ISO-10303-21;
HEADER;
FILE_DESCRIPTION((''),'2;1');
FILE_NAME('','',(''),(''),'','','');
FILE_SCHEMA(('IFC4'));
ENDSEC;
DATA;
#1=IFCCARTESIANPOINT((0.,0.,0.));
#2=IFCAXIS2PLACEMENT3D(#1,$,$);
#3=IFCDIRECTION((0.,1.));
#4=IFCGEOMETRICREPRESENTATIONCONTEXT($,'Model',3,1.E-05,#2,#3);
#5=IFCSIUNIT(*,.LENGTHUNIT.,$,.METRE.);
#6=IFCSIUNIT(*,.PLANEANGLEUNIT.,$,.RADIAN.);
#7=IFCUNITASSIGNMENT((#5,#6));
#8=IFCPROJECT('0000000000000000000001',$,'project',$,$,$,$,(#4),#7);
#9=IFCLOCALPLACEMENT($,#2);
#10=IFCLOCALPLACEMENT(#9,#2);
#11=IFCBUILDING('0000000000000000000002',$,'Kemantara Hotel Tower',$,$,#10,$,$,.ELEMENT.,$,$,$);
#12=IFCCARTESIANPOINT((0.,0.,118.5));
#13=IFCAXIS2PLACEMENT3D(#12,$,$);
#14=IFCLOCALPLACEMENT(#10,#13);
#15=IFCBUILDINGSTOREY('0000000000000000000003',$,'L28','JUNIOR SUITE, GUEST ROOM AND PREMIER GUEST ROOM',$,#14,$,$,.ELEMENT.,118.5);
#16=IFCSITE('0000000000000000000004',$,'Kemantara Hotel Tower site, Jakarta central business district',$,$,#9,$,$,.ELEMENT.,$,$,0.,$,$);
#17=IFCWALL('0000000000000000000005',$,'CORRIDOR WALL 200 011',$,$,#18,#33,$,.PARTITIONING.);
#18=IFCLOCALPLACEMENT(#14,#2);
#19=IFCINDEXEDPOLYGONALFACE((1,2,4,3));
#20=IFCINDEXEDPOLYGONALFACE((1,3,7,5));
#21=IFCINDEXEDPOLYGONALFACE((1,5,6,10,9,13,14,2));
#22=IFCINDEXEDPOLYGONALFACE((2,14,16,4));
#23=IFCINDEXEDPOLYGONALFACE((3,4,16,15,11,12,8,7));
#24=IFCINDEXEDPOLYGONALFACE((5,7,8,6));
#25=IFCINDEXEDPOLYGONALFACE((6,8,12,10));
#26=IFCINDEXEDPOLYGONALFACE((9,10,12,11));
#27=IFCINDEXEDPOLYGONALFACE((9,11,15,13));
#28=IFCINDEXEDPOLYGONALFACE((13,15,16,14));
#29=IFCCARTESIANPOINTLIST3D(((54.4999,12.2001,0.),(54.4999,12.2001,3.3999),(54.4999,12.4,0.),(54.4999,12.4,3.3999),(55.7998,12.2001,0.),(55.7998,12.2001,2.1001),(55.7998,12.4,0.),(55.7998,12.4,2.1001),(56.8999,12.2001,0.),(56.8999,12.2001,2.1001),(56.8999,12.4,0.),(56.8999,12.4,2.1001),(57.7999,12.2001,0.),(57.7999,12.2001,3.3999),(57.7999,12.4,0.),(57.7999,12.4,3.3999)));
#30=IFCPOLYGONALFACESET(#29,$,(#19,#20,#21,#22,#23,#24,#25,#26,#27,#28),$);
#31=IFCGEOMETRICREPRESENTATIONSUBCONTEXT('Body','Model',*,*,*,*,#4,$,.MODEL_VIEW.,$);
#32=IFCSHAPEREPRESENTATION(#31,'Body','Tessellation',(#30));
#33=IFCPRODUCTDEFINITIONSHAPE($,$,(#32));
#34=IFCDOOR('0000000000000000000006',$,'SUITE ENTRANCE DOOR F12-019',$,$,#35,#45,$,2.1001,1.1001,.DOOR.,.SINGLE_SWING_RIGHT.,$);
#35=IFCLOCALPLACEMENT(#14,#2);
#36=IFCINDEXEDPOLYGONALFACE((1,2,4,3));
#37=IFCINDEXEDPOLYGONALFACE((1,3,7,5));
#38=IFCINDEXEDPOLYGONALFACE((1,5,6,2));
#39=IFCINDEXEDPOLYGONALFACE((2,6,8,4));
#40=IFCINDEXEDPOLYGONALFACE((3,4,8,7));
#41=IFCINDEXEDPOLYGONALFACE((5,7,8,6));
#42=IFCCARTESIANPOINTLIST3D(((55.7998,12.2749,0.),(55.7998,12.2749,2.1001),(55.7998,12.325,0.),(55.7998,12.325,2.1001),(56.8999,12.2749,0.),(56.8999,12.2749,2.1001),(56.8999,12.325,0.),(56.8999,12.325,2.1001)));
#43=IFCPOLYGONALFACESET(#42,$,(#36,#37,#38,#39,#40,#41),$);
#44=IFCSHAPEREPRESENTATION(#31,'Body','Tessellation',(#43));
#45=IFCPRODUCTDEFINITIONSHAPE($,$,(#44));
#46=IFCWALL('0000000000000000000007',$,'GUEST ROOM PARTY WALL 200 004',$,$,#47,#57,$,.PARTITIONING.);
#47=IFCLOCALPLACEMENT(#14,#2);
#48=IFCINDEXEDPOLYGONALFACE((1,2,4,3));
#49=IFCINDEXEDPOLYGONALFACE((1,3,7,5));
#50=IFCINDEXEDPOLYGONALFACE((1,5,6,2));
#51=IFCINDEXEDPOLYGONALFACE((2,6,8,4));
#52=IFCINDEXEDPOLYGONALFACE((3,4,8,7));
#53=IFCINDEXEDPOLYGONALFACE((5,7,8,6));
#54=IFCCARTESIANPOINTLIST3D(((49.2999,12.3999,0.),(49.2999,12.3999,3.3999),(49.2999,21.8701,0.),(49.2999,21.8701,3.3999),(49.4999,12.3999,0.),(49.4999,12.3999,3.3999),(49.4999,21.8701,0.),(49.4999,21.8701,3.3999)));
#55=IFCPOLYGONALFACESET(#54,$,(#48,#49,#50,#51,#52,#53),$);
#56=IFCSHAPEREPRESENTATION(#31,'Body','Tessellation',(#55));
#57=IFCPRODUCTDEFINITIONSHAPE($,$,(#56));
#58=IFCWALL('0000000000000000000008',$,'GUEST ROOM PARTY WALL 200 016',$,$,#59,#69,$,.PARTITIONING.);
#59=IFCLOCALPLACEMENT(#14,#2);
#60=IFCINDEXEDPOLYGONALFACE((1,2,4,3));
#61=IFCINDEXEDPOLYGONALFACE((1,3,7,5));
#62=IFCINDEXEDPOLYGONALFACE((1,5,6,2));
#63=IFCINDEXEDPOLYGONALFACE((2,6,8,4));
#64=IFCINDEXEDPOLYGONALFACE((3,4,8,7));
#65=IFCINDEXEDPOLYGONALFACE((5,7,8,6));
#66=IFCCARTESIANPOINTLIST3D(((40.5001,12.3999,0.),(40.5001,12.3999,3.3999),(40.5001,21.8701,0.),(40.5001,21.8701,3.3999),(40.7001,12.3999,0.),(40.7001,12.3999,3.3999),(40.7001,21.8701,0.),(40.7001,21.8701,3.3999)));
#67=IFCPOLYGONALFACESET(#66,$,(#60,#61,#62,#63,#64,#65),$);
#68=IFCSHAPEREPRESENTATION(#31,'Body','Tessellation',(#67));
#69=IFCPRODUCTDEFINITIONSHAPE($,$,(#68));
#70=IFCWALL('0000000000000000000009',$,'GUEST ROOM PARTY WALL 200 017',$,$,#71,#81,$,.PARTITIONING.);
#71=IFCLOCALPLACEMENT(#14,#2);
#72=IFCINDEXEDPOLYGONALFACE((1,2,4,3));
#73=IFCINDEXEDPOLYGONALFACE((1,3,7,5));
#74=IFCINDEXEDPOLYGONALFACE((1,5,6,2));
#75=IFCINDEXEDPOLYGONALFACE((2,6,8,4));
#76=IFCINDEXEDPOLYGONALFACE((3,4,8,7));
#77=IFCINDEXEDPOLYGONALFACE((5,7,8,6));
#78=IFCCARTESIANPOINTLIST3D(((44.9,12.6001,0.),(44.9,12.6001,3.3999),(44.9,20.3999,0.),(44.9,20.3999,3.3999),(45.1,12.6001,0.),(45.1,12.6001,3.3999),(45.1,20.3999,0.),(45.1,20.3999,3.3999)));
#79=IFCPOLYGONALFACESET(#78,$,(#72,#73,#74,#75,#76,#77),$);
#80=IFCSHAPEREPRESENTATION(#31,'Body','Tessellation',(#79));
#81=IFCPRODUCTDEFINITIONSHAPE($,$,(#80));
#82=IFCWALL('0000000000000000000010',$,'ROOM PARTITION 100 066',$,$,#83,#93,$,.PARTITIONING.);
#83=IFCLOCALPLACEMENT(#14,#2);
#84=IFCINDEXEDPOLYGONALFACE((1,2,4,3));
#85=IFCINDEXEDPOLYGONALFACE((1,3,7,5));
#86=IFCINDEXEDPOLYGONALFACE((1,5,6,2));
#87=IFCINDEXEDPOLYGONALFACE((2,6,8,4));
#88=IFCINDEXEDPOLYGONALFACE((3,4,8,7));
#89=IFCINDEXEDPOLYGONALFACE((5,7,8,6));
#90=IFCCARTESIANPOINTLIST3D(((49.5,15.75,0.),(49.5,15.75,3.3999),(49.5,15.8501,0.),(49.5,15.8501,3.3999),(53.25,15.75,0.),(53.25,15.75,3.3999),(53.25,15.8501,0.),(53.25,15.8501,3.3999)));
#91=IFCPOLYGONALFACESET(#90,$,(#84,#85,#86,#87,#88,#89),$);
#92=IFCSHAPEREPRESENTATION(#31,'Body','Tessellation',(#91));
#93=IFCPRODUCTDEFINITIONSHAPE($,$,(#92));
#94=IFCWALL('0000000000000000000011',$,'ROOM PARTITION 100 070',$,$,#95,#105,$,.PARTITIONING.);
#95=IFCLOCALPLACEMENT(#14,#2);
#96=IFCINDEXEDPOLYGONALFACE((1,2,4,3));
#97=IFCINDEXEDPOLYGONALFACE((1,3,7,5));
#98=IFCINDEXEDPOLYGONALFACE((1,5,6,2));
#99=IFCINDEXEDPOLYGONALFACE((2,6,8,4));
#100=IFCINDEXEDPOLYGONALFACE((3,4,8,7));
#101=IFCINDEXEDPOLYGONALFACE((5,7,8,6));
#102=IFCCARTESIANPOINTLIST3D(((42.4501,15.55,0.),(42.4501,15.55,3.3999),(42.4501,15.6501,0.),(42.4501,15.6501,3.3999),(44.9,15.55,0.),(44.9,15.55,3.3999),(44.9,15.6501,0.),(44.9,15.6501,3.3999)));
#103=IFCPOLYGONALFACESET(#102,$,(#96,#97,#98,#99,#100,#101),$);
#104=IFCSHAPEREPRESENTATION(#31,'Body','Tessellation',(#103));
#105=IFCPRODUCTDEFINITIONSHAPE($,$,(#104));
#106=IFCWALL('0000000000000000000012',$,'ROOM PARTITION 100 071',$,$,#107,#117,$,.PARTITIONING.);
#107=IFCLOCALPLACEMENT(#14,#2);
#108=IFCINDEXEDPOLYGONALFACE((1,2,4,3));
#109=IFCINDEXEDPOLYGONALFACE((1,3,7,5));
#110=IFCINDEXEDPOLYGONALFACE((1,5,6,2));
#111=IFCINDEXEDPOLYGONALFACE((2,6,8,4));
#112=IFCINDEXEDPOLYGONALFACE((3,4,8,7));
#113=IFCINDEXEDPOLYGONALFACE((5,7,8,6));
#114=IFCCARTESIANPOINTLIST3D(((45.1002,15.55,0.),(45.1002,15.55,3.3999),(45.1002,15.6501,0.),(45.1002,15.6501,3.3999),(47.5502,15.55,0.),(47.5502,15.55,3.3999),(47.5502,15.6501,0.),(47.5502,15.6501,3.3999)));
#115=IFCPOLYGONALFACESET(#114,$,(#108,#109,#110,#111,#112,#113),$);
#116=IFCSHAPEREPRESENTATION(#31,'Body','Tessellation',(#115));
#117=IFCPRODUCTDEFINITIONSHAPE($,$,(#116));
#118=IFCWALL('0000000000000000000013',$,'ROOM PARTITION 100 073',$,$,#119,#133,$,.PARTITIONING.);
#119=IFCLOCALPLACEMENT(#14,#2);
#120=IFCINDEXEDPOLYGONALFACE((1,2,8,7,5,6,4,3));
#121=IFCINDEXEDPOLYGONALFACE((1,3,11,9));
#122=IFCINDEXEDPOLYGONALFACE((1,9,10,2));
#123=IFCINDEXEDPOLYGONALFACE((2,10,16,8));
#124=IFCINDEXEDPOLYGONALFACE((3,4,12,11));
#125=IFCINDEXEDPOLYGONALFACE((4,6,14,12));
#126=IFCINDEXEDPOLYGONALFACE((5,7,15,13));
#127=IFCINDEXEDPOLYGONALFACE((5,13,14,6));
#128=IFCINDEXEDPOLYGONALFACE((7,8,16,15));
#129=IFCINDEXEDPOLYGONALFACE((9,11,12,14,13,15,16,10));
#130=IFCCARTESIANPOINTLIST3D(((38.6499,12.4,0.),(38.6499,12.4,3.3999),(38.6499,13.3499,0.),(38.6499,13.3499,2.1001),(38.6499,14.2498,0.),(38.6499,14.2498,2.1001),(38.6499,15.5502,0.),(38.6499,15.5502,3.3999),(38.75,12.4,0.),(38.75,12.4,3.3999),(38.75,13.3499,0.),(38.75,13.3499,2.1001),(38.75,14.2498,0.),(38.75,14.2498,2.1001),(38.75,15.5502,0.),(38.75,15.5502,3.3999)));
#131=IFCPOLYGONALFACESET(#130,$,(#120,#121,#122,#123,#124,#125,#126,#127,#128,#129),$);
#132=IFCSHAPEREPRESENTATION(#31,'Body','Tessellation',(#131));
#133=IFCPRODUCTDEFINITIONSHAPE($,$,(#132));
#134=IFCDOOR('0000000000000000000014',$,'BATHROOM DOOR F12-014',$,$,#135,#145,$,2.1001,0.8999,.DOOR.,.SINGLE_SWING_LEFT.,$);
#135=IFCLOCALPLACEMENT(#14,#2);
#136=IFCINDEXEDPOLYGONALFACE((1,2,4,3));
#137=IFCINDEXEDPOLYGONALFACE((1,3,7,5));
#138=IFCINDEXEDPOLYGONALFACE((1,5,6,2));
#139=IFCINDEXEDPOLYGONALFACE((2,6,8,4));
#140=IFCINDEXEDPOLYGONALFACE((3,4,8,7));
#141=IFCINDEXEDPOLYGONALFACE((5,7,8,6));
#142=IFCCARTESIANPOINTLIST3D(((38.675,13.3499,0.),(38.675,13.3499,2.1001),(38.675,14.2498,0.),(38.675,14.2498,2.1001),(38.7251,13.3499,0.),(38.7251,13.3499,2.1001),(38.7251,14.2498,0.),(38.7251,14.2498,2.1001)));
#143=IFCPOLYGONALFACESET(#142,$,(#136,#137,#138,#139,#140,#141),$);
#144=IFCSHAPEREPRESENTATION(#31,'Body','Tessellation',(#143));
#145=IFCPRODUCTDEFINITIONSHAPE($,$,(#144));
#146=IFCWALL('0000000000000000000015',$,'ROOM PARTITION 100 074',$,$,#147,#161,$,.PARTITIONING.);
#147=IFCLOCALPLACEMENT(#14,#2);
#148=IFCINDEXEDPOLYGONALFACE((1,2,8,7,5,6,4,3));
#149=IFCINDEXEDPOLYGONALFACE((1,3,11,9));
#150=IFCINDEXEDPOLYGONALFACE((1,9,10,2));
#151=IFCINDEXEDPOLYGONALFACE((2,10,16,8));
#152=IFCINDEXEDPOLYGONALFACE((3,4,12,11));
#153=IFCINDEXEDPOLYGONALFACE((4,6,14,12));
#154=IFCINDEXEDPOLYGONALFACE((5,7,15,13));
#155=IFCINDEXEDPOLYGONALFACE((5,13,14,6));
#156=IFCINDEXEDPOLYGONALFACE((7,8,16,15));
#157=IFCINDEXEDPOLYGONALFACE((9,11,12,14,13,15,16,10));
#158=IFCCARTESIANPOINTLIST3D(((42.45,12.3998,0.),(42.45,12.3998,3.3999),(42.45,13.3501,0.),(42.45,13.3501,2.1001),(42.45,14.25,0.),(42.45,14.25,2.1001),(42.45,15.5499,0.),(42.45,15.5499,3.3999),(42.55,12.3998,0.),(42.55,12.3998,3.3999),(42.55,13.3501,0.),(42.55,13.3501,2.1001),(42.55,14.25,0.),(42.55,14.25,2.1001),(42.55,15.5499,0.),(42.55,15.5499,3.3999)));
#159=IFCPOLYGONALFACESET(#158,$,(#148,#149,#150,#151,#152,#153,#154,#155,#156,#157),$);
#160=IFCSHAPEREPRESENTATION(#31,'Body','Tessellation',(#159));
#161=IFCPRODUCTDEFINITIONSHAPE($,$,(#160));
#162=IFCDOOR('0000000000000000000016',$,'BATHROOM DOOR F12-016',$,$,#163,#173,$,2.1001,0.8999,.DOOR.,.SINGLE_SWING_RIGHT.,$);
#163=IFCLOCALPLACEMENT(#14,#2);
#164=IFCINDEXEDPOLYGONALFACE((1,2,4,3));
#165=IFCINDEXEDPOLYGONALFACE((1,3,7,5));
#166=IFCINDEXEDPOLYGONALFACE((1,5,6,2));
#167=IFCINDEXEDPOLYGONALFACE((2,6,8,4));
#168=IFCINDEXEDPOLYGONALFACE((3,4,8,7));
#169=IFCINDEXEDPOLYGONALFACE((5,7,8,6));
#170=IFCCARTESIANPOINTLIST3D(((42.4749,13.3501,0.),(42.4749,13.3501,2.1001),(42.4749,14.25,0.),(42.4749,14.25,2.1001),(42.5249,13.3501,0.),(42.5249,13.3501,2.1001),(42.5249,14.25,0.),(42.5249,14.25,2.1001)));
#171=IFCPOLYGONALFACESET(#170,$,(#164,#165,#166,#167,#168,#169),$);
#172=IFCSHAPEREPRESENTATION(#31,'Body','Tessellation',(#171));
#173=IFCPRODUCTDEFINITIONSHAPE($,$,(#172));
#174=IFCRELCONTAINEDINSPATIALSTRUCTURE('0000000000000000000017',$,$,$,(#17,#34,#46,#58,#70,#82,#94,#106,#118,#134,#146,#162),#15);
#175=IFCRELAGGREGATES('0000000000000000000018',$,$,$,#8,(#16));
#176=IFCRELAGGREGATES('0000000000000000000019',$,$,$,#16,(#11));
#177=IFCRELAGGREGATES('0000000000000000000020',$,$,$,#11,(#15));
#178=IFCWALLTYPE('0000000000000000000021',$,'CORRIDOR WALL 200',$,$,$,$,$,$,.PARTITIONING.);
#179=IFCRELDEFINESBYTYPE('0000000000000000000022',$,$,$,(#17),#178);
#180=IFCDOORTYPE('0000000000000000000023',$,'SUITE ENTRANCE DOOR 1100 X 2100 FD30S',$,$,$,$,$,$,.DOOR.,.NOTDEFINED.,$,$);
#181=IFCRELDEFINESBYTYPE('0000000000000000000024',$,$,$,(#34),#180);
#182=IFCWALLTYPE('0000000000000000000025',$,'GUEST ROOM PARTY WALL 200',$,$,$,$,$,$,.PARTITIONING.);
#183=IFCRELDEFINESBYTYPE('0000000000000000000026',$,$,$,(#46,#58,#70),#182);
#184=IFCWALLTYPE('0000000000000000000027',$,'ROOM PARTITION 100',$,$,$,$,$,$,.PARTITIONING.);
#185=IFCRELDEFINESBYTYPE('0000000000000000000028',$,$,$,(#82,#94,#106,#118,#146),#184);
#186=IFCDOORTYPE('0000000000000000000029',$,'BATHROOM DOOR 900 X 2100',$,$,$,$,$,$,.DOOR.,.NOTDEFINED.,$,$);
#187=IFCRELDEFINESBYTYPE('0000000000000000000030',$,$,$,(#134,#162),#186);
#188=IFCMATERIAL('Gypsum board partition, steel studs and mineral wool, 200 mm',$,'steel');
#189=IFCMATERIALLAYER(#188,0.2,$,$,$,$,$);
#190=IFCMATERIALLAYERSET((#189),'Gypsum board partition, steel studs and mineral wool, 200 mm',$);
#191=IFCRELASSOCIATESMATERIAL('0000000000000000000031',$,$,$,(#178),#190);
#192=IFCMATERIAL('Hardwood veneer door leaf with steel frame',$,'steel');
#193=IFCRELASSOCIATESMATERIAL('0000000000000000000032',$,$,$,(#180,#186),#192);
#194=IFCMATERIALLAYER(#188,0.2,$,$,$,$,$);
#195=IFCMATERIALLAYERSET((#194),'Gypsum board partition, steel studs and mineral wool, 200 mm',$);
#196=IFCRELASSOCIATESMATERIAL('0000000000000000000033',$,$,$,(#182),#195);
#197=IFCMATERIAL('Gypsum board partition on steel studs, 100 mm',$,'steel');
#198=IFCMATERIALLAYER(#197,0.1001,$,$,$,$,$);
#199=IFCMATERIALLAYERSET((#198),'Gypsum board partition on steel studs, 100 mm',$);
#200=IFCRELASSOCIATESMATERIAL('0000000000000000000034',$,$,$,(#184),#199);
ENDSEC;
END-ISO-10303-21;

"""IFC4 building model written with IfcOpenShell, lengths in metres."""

from ifc_helpers import new_model, si_unit, direction, frame, frame_2d, origin, place, context, subcontext, project, spatial, rectangle, extrude, material, layer, layer_set, type_object, element, fill, save


model = new_model("IFC4")

# Units and contexts
model_context = context("Model", 3, precision=1e-05, world=origin(), true_north=direction((0.0, 1.0)))
body_context = subcontext(model_context, "Body", "Model", "MODEL_VIEW")
ifc_project = project(units=[si_unit("LENGTHUNIT", "METRE"), si_unit("PLANEANGLEUNIT", "RADIAN")], contexts=[model_context])

# Site, building, storey
site_placement = place(None, origin())
site = spatial("IfcSite", under=ifc_project, at=site_placement, Name="Kemantara Hotel Tower site, Jakarta central business district", CompositionType="ELEMENT", RefElevation=0.0)
building_placement = place(site_placement, origin())
building = spatial("IfcBuilding", under=site, at=building_placement, Name="Kemantara Hotel Tower", CompositionType="ELEMENT")
storey_placement = place(building_placement, frame((0.0, 0.0, 118.5)))
storey = spatial("IfcBuildingStorey", under=building, at=storey_placement, Name="L28", Description="JUNIOR SUITE, GUEST ROOM AND PREMIER GUEST ROOM", CompositionType="ELEMENT", Elevation=118.5)

# Wall, opening, door
ifc_material_1 = material(Name="Gypsum board partition, steel studs and mineral wool, 200 mm", Category="steel")
ifc_layer_1 = layer(ifc_material_1, 0.2)
ifc_layer_set_1 = layer_set([ifc_layer_1], Name="Gypsum board partition, steel studs and mineral wool, 200 mm")
wall_type_1 = type_object("IfcWallType", Name="CORRIDOR WALL 200", PredefinedType="PARTITIONING", material=ifc_layer_set_1)
ifc_material_2 = material(Name="Hardwood veneer door leaf with steel frame", Category="steel")
wall_1_placement = place(storey_placement, frame((54.5, 12.3, 0.0), z_axis=(0.0, 0.0, 1.0), x_axis=(1.0, 0.0, 0.0)))
wall_1 = element("IfcWall", 1, at=wall_1_placement, inside=storey, type_object=wall_type_1, Name="CORRIDOR WALL 200 011", PredefinedType="PARTITIONING", context=body_context, shape_type="SweptSolid", body=[
    extrude(rectangle(XDim=3.3, YDim=0.2, at=frame_2d((1.6499, 0.0))), origin(), (0.0, 0.0, 1.0), 3.3999),
])
opening_1_placement = place(wall_1_placement, frame((1.2998, 0.0, 0.0)))
opening_1 = element("IfcOpeningElement", 2, at=opening_1_placement, cuts=wall_1, PredefinedType="OPENING", context=body_context, shape_type="SweptSolid", body=[
    extrude(rectangle(XDim=1.1001, YDim=2.1001, at=frame_2d((0.55, 1.05))), frame((0.0, 0.1099, 0.0), z_axis=(0.0, -1.0, 0.0), x_axis=(1.0, 0.0, 0.0)), (0.0, 0.0, 1.0), 0.22),
])
door_type_1 = type_object("IfcDoorType", Name="SUITE ENTRANCE DOOR 1100 X 2100 FD30S", OperationType="NOTDEFINED", PredefinedType="DOOR", material=ifc_material_2)
door_1_placement = place(opening_1_placement, origin())
door_1 = element("IfcDoor", 3, at=door_1_placement, inside=storey, type_object=door_type_1, Name="SUITE ENTRANCE DOOR F12-019", OperationType="SINGLE_SWING_RIGHT", OverallHeight=2.1001, OverallWidth=1.1001, PredefinedType="DOOR", context=body_context, shape_type="SweptSolid", body=[
    extrude(rectangle(XDim=1.1001, YDim=2.1001, at=frame_2d((0.55, 1.05))), frame((0.0, 0.0249, 0.0), z_axis=(0.0, -1.0, 0.0), x_axis=(1.0, 0.0, 0.0)), (0.0, 0.0, 1.0), 0.05),
])
fill(opening_1, door_1)

# Walls
ifc_layer_2 = layer(ifc_material_1, 0.2)
ifc_layer_set_2 = layer_set([ifc_layer_2], Name="Gypsum board partition, steel studs and mineral wool, 200 mm")
wall_type_2 = type_object("IfcWallType", Name="GUEST ROOM PARTY WALL 200", PredefinedType="PARTITIONING", material=ifc_layer_set_2)
for number, where, z_axis, x_axis, name in (
    (4, (49.3999, 12.3999, 0.0), (0.0, 0.0, 1.0), (0.0, 1.0, 0.0), "GUEST ROOM PARTY WALL 200 004"),
    (5, (40.6001, 12.3999, 0.0), (0.0, 0.0, 1.0), (0.0, 1.0, 0.0), "GUEST ROOM PARTY WALL 200 016"),
):
    element("IfcWall", number, at=place(storey_placement, frame(where, z_axis=z_axis, x_axis=x_axis)), inside=storey, type_object=wall_type_2, Name=name, PredefinedType="PARTITIONING", context=body_context, shape_type="SweptSolid", body=[
        extrude(rectangle(XDim=9.4702, YDim=0.2, at=frame_2d((4.7351, 0.0))), origin(), (0.0, 0.0, 1.0), 3.3999),
    ])
wall_2_placement = place(storey_placement, frame((45.0, 12.6001, 0.0), z_axis=(0.0, 0.0, 1.0), x_axis=(0.0, 1.0, 0.0)))
element("IfcWall", 6, at=wall_2_placement, inside=storey, type_object=wall_type_2, Name="GUEST ROOM PARTY WALL 200 017", PredefinedType="PARTITIONING", context=body_context, shape_type="SweptSolid", body=[
    extrude(rectangle(XDim=7.7998, YDim=0.2, at=frame_2d((3.8999, 0.0))), origin(), (0.0, 0.0, 1.0), 3.3999),
])
ifc_material_3 = material(Name="Gypsum board partition on steel studs, 100 mm", Category="steel")
ifc_layer_3 = layer(ifc_material_3, 0.1001)
ifc_layer_set_3 = layer_set([ifc_layer_3], Name="Gypsum board partition on steel studs, 100 mm")
wall_type_3 = type_object("IfcWallType", Name="ROOM PARTITION 100", PredefinedType="PARTITIONING", material=ifc_layer_set_3)
wall_3_placement = place(storey_placement, frame((49.5, 15.8, 0.0), z_axis=(0.0, 0.0, 1.0), x_axis=(1.0, 0.0, 0.0)))
element("IfcWall", 7, at=wall_3_placement, inside=storey, type_object=wall_type_3, Name="ROOM PARTITION 100 066", PredefinedType="PARTITIONING", context=body_context, shape_type="SweptSolid", body=[
    extrude(rectangle(XDim=3.75, YDim=0.1001, at=frame_2d((1.875, 0.0))), origin(), (0.0, 0.0, 1.0), 3.3999),
])
for number, where, z_axis, x_axis, name in (
    (8, (42.45, 15.6001, 0.0), (0.0, 0.0, 1.0), (1.0, 0.0, 0.0), "ROOM PARTITION 100 070"),
    (9, (45.1001, 15.6001, 0.0), (0.0, 0.0, 1.0), (1.0, 0.0, 0.0), "ROOM PARTITION 100 071"),
):
    element("IfcWall", number, at=place(storey_placement, frame(where, z_axis=z_axis, x_axis=x_axis)), inside=storey, type_object=wall_type_3, Name=name, PredefinedType="PARTITIONING", context=body_context, shape_type="SweptSolid", body=[
        extrude(rectangle(XDim=2.45, YDim=0.1001, at=frame_2d((1.2251, 0.0))), origin(), (0.0, 0.0, 1.0), 3.3999),
    ])

# Walls, openings, doors
wall_4_placement = place(storey_placement, frame((38.7, 12.3999, 0.0), z_axis=(0.0, 0.0, 1.0), x_axis=(0.0, 1.0, 0.0)))
wall_4 = element("IfcWall", 10, at=wall_4_placement, inside=storey, type_object=wall_type_3, Name="ROOM PARTITION 100 073", PredefinedType="PARTITIONING", context=body_context, shape_type="SweptSolid", body=[
    extrude(rectangle(XDim=3.1501, YDim=0.1001, at=frame_2d((1.5752, 0.0))), origin(), (0.0, 0.0, 1.0), 3.3999),
])
opening_2_placement = place(wall_4_placement, frame((0.95, 0.0, 0.0)))
opening_2 = element("IfcOpeningElement", 11, at=opening_2_placement, cuts=wall_4, PredefinedType="OPENING", context=body_context, shape_type="SweptSolid", body=[
    extrude(rectangle(XDim=0.8999, YDim=2.1001, at=frame_2d((0.45, 1.05))), frame((0.0, 0.0601, 0.0), z_axis=(0.0, -1.0, 0.0), x_axis=(1.0, 0.0, 0.0)), (0.0, 0.0, 1.0), 0.1201),
])
door_type_2 = type_object("IfcDoorType", Name="BATHROOM DOOR 900 X 2100", OperationType="NOTDEFINED", PredefinedType="DOOR", material=ifc_material_2)
door_2_placement = place(opening_2_placement, origin())
door_2 = element("IfcDoor", 12, at=door_2_placement, inside=storey, type_object=door_type_2, Name="BATHROOM DOOR F12-014", OperationType="SINGLE_SWING_LEFT", OverallHeight=2.1001, OverallWidth=0.8999, PredefinedType="DOOR", context=body_context, shape_type="SweptSolid", body=[
    extrude(rectangle(XDim=0.8999, YDim=2.1001, at=frame_2d((0.45, 1.05))), frame((0.0, 0.0249, 0.0), z_axis=(0.0, -1.0, 0.0), x_axis=(1.0, 0.0, 0.0)), (0.0, 0.0, 1.0), 0.05),
])
fill(opening_2, door_2)
wall_5_placement = place(storey_placement, frame((42.5, 15.55, 0.0), z_axis=(0.0, 0.0, 1.0), x_axis=(0.0, -1.0, 0.0)))
wall_5 = element("IfcWall", 13, at=wall_5_placement, inside=storey, type_object=wall_type_3, Name="ROOM PARTITION 100 074", PredefinedType="PARTITIONING", context=body_context, shape_type="SweptSolid", body=[
    extrude(rectangle(XDim=3.1501, YDim=0.1001, at=frame_2d((1.5752, 0.0))), origin(), (0.0, 0.0, 1.0), 3.3999),
])
opening_3_placement = place(wall_5_placement, frame((1.3, 0.0, 0.0)))
opening_3 = element("IfcOpeningElement", 14, at=opening_3_placement, cuts=wall_5, PredefinedType="OPENING", context=body_context, shape_type="SweptSolid", body=[
    extrude(rectangle(XDim=0.8999, YDim=2.1001, at=frame_2d((0.45, 1.05))), frame((0.0, 0.0601, 0.0), z_axis=(0.0, -1.0, 0.0), x_axis=(1.0, 0.0, 0.0)), (0.0, 0.0, 1.0), 0.1201),
])
door_3_placement = place(opening_3_placement, origin())
door_3 = element("IfcDoor", 15, at=door_3_placement, inside=storey, type_object=door_type_2, Name="BATHROOM DOOR F12-016", OperationType="SINGLE_SWING_RIGHT", OverallHeight=2.1001, OverallWidth=0.8999, PredefinedType="DOOR", context=body_context, shape_type="SweptSolid", body=[
    extrude(rectangle(XDim=0.8999, YDim=2.1001, at=frame_2d((0.45, 1.05))), frame((0.0, 0.0249, 0.0), z_axis=(0.0, -1.0, 0.0), x_axis=(1.0, 0.0, 0.0)), (0.0, 0.0, 1.0), 0.05),
])
fill(opening_3, door_3)

save(model, "model.ifc")
